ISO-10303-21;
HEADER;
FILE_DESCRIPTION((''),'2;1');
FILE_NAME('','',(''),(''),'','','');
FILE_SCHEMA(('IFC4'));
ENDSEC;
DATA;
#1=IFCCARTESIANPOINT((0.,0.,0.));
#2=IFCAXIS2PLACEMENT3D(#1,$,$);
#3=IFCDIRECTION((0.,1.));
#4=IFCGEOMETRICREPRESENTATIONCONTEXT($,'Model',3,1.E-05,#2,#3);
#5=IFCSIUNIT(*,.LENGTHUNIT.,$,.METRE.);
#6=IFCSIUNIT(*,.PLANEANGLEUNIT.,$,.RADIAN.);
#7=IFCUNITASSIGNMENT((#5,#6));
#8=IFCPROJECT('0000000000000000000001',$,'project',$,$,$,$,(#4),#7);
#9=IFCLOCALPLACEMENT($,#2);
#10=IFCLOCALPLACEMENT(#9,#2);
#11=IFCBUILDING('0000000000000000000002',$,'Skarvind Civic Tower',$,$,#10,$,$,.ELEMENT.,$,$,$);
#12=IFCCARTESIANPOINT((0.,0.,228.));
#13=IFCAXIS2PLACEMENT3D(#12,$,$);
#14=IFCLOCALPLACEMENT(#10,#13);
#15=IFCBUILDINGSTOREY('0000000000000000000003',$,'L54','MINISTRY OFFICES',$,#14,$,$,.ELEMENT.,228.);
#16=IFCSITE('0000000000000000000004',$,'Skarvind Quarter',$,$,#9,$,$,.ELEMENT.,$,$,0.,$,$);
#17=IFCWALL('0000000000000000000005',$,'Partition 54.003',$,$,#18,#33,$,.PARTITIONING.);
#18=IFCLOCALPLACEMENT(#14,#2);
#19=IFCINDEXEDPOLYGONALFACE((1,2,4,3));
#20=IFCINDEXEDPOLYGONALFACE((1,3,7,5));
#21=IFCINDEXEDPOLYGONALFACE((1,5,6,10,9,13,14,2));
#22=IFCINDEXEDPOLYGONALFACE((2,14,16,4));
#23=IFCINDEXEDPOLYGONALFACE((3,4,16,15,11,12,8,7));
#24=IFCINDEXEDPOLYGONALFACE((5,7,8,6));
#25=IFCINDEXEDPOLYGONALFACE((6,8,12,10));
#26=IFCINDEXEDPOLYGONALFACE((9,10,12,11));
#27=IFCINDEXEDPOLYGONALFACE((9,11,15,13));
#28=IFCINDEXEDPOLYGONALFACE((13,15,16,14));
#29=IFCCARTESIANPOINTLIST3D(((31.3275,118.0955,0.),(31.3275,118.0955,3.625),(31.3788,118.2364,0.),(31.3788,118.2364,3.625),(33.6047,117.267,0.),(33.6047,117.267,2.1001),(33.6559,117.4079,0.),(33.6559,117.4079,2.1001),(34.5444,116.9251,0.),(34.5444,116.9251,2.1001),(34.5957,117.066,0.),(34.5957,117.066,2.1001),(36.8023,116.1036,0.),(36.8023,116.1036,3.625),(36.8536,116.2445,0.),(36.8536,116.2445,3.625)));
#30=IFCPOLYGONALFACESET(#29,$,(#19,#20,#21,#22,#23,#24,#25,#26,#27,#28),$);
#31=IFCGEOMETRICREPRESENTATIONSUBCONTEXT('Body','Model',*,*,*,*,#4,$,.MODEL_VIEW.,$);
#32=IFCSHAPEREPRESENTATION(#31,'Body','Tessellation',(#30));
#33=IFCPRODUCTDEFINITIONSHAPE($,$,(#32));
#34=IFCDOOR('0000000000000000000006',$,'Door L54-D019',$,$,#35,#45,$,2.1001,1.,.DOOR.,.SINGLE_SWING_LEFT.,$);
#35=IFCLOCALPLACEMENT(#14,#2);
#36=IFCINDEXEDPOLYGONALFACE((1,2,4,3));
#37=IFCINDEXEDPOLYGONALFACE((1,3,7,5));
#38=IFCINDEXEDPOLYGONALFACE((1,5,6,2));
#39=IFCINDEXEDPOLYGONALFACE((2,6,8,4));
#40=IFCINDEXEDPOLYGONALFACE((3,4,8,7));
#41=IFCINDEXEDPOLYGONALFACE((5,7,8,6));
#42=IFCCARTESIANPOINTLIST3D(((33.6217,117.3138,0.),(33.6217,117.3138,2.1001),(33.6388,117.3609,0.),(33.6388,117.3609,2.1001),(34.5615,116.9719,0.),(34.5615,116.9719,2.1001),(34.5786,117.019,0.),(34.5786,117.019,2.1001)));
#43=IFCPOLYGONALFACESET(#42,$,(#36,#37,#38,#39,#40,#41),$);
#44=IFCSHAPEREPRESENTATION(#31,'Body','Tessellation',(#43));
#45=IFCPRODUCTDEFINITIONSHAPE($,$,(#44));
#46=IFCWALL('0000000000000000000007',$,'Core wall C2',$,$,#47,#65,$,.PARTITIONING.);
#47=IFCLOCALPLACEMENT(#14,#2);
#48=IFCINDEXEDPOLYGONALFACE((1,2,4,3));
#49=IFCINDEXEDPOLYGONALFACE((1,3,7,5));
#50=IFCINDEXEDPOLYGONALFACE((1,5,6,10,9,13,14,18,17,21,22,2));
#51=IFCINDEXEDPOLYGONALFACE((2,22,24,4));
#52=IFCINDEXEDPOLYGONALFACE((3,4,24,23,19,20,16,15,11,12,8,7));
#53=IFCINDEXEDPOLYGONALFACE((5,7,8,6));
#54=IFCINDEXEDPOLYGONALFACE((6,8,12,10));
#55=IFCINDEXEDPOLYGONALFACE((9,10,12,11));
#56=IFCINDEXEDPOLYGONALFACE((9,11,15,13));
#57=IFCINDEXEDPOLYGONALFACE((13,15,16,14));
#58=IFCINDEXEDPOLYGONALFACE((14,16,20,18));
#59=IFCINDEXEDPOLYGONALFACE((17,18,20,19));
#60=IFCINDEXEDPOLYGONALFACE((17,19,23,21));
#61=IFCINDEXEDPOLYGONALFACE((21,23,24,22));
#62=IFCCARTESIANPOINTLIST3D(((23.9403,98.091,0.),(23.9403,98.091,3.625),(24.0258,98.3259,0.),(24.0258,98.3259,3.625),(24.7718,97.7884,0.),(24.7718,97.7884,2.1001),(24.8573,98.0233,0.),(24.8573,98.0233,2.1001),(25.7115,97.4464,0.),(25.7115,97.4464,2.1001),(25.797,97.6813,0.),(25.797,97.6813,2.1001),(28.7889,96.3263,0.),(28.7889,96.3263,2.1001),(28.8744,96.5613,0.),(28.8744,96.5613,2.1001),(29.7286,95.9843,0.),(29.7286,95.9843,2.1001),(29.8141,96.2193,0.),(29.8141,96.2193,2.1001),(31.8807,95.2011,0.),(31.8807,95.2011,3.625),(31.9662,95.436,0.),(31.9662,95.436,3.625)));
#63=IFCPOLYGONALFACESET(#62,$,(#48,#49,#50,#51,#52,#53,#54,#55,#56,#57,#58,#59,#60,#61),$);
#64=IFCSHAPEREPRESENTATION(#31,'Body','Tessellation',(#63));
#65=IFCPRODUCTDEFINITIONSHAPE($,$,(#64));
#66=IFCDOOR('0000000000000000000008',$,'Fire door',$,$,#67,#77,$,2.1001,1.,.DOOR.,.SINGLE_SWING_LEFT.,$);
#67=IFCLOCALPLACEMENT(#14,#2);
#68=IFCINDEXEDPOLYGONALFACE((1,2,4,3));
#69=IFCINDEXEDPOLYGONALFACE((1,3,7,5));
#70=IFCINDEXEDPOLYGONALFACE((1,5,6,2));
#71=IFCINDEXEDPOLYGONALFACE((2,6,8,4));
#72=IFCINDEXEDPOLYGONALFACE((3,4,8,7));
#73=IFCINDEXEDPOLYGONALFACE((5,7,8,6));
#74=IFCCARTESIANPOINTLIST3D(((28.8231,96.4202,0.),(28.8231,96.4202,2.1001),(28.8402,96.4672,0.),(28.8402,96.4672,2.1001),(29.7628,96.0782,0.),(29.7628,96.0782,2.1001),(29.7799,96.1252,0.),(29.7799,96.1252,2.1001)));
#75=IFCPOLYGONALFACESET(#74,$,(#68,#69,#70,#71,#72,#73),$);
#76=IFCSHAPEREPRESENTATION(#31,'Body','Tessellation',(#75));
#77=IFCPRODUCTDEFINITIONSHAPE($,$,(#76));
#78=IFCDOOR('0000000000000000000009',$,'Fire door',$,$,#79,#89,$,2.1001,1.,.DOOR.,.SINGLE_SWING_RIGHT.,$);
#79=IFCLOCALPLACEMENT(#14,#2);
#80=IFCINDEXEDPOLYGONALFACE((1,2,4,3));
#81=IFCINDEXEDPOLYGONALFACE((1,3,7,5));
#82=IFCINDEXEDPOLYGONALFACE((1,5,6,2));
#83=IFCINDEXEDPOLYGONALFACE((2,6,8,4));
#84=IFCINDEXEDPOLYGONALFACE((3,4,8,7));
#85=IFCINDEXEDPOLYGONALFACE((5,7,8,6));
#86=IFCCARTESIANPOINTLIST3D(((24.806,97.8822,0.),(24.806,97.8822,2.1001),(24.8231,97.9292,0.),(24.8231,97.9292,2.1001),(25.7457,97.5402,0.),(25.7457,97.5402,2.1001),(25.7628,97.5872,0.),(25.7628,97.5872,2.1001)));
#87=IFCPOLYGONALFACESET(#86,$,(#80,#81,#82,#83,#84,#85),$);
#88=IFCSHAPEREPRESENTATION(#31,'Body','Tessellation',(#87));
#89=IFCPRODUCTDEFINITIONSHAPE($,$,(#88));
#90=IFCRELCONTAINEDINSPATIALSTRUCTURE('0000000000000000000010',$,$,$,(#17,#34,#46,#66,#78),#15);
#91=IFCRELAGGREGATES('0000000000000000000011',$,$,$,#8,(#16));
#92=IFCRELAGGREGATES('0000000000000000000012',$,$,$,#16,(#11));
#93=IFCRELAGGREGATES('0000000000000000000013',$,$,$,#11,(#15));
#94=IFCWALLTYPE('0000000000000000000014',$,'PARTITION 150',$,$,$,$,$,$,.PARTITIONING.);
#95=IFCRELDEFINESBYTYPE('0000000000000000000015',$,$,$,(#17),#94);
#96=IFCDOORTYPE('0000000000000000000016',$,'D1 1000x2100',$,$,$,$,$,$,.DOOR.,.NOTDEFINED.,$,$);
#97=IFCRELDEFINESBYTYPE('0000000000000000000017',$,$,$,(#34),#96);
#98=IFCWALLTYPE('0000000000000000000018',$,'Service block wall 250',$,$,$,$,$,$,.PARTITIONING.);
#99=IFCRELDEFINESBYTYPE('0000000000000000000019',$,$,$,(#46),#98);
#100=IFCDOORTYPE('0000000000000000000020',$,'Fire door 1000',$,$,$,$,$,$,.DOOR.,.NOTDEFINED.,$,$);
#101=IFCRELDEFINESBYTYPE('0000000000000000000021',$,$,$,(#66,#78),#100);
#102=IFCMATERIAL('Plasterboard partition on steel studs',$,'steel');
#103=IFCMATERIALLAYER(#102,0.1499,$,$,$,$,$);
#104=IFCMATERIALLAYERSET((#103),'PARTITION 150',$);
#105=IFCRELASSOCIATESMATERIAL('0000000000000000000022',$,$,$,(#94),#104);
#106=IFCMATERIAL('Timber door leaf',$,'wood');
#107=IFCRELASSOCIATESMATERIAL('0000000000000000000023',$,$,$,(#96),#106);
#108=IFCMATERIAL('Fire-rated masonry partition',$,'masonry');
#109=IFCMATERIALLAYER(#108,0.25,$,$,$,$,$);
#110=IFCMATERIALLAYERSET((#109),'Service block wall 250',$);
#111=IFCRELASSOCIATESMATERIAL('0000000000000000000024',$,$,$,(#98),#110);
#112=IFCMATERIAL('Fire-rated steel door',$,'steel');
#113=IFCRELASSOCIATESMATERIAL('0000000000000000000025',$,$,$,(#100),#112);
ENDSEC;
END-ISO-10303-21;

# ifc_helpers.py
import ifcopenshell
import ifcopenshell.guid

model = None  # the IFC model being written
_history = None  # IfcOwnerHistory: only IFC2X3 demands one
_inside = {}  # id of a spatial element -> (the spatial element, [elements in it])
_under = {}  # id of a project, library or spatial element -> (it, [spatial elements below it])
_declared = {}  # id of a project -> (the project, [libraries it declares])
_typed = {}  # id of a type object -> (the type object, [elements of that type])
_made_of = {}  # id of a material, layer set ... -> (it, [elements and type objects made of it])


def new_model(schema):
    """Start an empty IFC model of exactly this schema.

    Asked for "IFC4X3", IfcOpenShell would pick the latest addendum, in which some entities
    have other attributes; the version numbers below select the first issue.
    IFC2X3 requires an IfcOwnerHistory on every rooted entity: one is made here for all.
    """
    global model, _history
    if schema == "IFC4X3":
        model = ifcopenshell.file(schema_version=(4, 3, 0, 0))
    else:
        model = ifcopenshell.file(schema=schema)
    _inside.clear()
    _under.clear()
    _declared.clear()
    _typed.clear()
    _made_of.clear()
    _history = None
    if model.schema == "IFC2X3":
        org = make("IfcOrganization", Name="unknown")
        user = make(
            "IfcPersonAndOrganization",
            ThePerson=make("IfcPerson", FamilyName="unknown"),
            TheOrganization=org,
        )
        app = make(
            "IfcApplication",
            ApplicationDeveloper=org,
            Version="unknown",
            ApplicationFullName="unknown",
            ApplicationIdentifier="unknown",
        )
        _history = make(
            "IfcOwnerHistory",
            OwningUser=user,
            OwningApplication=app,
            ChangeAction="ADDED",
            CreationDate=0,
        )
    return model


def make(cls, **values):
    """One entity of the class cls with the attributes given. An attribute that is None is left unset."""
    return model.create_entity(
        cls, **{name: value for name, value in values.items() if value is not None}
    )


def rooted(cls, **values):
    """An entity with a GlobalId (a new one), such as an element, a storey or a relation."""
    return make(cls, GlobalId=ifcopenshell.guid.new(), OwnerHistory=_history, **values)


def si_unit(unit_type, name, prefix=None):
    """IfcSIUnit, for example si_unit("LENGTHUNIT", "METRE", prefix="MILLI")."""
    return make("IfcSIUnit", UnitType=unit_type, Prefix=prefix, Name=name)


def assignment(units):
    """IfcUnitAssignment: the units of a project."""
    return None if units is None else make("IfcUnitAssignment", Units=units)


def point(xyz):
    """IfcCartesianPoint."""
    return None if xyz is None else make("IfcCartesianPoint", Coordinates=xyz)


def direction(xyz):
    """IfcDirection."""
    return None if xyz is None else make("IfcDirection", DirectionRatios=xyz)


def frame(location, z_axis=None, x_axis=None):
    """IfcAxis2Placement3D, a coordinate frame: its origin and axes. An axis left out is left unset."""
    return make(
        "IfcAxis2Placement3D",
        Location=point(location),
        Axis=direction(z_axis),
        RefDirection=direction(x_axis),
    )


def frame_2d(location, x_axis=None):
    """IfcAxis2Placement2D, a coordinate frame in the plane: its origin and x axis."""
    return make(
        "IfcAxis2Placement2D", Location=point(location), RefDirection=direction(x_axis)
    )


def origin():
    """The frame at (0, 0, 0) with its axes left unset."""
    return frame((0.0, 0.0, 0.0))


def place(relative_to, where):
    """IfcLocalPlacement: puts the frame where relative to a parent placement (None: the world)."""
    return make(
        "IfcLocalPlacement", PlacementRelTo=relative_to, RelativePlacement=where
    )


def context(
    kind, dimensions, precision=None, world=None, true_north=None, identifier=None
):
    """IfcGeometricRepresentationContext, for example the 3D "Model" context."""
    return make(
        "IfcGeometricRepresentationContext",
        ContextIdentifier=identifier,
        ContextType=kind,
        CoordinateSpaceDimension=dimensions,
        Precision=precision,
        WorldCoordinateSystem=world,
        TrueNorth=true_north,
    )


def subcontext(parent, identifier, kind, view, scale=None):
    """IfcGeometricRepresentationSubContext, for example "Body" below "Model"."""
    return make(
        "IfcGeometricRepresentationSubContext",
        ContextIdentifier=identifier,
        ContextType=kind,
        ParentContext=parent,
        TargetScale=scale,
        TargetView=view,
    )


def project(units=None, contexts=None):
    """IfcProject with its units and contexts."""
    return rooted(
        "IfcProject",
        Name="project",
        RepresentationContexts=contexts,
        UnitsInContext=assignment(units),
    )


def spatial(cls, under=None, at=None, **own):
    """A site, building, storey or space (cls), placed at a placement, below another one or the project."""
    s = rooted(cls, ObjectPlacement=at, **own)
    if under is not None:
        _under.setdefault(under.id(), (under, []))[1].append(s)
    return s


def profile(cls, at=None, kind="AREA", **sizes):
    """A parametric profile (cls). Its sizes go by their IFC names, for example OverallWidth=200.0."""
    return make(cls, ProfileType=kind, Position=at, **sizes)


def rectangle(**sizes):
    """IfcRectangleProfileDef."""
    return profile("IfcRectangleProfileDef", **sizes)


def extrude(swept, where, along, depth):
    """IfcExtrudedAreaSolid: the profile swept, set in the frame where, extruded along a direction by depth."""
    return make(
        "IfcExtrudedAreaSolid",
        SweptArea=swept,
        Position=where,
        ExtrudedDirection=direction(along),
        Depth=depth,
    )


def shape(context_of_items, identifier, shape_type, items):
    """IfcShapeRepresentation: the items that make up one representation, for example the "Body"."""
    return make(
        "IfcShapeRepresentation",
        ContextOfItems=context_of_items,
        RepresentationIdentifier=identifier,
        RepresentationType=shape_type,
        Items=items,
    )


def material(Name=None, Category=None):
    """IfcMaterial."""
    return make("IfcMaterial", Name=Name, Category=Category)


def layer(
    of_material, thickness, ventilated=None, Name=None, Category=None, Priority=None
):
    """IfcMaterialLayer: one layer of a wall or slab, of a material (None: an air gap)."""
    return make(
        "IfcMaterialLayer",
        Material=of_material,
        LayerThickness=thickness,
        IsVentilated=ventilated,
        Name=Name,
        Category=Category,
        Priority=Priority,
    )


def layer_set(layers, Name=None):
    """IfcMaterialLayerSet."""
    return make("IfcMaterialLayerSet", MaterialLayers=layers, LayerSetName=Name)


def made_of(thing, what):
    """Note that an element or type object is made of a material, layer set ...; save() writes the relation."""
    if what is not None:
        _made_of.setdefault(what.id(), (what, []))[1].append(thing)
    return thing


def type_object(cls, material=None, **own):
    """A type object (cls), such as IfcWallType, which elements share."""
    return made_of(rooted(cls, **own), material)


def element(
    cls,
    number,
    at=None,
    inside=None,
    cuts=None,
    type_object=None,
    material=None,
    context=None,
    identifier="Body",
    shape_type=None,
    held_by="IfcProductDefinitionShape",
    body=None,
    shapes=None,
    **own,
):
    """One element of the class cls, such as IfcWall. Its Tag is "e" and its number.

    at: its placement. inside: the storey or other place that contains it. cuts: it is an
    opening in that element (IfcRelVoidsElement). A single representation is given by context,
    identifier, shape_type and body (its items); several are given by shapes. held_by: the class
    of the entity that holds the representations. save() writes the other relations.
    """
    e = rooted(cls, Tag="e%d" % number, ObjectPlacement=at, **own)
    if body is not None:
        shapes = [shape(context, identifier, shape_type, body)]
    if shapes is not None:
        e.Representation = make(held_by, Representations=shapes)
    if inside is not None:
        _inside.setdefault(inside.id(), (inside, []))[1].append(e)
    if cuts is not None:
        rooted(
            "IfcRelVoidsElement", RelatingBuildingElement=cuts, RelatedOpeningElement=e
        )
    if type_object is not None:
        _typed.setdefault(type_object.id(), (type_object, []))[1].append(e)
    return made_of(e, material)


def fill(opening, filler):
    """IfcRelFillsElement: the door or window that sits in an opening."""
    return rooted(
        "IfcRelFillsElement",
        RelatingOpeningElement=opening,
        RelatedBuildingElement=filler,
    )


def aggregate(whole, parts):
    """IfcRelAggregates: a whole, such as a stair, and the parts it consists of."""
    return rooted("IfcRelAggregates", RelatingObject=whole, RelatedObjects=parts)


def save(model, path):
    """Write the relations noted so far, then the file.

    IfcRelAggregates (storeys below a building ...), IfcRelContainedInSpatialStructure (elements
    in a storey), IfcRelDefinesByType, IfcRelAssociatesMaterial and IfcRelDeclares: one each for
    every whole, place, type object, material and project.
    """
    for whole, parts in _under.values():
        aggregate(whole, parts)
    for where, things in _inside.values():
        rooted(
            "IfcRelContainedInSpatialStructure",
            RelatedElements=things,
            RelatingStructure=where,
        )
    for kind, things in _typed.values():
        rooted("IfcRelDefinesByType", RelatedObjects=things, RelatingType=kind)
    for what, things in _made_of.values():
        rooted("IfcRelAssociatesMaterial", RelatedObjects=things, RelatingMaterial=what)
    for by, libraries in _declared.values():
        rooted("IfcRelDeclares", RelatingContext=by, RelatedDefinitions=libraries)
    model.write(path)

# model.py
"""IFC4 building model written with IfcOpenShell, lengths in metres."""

from ifc_helpers import new_model, si_unit, direction, frame, frame_2d, origin, place, context, subcontext, project, spatial, rectangle, extrude, material, layer, layer_set, type_object, element, fill, save


model = new_model("IFC4")

# Units and contexts
model_context = context("Model", 3, precision=1e-05, world=origin(), true_north=direction((0.0, 1.0)))
body_context = subcontext(model_context, "Body", "Model", "MODEL_VIEW")
ifc_project = project(units=[si_unit("LENGTHUNIT", "METRE"), si_unit("PLANEANGLEUNIT", "RADIAN")], contexts=[model_context])

# Site, building, storey
site_placement = place(None, origin())
site = spatial("IfcSite", under=ifc_project, at=site_placement, Name="Skarvind Quarter", CompositionType="ELEMENT", RefElevation=0.0)
building_placement = place(site_placement, origin())
building = spatial("IfcBuilding", under=site, at=building_placement, Name="Skarvind Civic Tower", CompositionType="ELEMENT")
storey_placement = place(building_placement, frame((0.0, 0.0, 228.0)))
storey = spatial("IfcBuildingStorey", under=building, at=storey_placement, Name="L54", Description="MINISTRY OFFICES", CompositionType="ELEMENT", Elevation=228.0)

# Shared definitions
ifc_material_1 = material(Name="Timber door leaf", Category="wood")
ifc_material_2 = material(Name="Fire-rated masonry partition", Category="masonry")
ifc_material_3 = material(Name="Fire-rated steel door", Category="steel")

# Shared definitions
ifc_material_4 = material(Name="Plasterboard partition on steel studs", Category="steel")
ifc_layer_1 = layer(ifc_material_4, 0.1499)
ifc_layer_set_1 = layer_set([ifc_layer_1], Name="PARTITION 150")
wall_type_1 = type_object("IfcWallType", Name="PARTITION 150", PredefinedType="PARTITIONING", material=ifc_layer_set_1)

# Wall, opening, door
wall_1_placement = place(storey_placement, frame((31.353, 118.166, 0.0), z_axis=(0.0, 0.0, 1.0), x_axis=(0.939733, -0.341908, 0.0)))
wall_1 = element("IfcWall", 1, at=wall_1_placement, inside=storey, type_object=wall_type_1, Name="Partition 54.003", PredefinedType="PARTITIONING", context=body_context, shape_type="SweptSolid", body=[
    extrude(rectangle(XDim=5.8259, YDim=0.1499, at=frame_2d((2.9131, 0.0))), origin(), (0.0, 0.0, 1.0), 3.625),
])
opening_1_placement = place(wall_1_placement, frame((2.4233, 0.0, 0.0)))
opening_1 = element("IfcOpeningElement", 2, at=opening_1_placement, cuts=wall_1, PredefinedType="OPENING", context=body_context, shape_type="SweptSolid", body=[
    extrude(rectangle(XDim=1.0, YDim=2.1001, at=frame_2d((0.5, 1.05))), frame((0.0, 0.085, 0.0), z_axis=(0.0, -1.0, 0.0), x_axis=(1.0, 0.0, 0.0)), (0.0, 0.0, 1.0), 0.1699),
])
door_type_1 = type_object("IfcDoorType", Name="D1 1000x2100", OperationType="NOTDEFINED", PredefinedType="DOOR", material=ifc_material_1)
door_1_placement = place(opening_1_placement, origin())
door_1 = element("IfcDoor", 3, at=door_1_placement, inside=storey, type_object=door_type_1, Name="Door L54-D019", OperationType="SINGLE_SWING_LEFT", OverallHeight=2.1001, OverallWidth=1.0, PredefinedType="DOOR", context=body_context, shape_type="SweptSolid", body=[
    extrude(rectangle(XDim=1.0, YDim=2.1001, at=frame_2d((0.5, 1.05))), frame((0.0, 0.0249, 0.0), z_axis=(0.0, -1.0, 0.0), x_axis=(1.0, 0.0, 0.0)), (0.0, 0.0, 1.0), 0.05),
])
fill(opening_1, door_1)

# Wall, openings, doors
ifc_layer_2 = layer(ifc_material_2, 0.25)
ifc_layer_set_2 = layer_set([ifc_layer_2], Name="Service block wall 250")
wall_type_2 = type_object("IfcWallType", Name="Service block wall 250", PredefinedType="PARTITIONING", material=ifc_layer_set_2)
wall_2_placement = place(storey_placement, frame((23.9829, 98.2085, 0.0), z_axis=(0.0, 0.0, 1.0), x_axis=(0.9397, -0.342001, 0.0)))
wall_2 = element("IfcWall", 4, at=wall_2_placement, inside=storey, type_object=wall_type_2, Name="Core wall C2", PredefinedType="PARTITIONING", context=body_context, shape_type="SweptSolid", body=[
    extrude(rectangle(XDim=8.45, YDim=0.25, at=frame_2d((4.2251, 0.0))), origin(), (0.0, 0.0, 1.0), 3.625),
])
opening_2_placement = place(wall_2_placement, frame((5.1599, 0.0, 0.0)))
opening_2 = element("IfcOpeningElement", 5, at=opening_2_placement, cuts=wall_2, PredefinedType="OPENING", context=body_context, shape_type="SweptSolid", body=[
    extrude(rectangle(XDim=1.0, YDim=2.1001, at=frame_2d((0.5, 1.05))), frame((0.0, 0.135, 0.0), z_axis=(0.0, -1.0, 0.0), x_axis=(1.0, 0.0, 0.0)), (0.0, 0.0, 1.0), 0.27),
])
opening_3_placement = place(wall_2_placement, frame((0.885, 0.0, 0.0)))
opening_3 = element("IfcOpeningElement", 6, at=opening_3_placement, cuts=wall_2, PredefinedType="OPENING", context=body_context, shape_type="SweptSolid", body=[
    extrude(rectangle(XDim=1.0, YDim=2.1001, at=frame_2d((0.5, 1.05))), frame((0.0, 0.135, 0.0), z_axis=(0.0, -1.0, 0.0), x_axis=(1.0, 0.0, 0.0)), (0.0, 0.0, 1.0), 0.27),
])
door_type_2 = type_object("IfcDoorType", Name="Fire door 1000", OperationType="NOTDEFINED", PredefinedType="DOOR", material=ifc_material_3)
door_2_placement = place(opening_2_placement, origin())
door_2 = element("IfcDoor", 7, at=door_2_placement, inside=storey, type_object=door_type_2, Name="Fire door", OperationType="SINGLE_SWING_LEFT", OverallHeight=2.1001, OverallWidth=1.0, PredefinedType="DOOR", context=body_context, shape_type="SweptSolid", body=[
    extrude(rectangle(XDim=1.0, YDim=2.1001, at=frame_2d((0.5, 1.05))), frame((0.0, 0.0249, 0.0), z_axis=(0.0, -1.0, 0.0), x_axis=(1.0, 0.0, 0.0)), (0.0, 0.0, 1.0), 0.05),
])
fill(opening_2, door_2)
door_3_placement = place(opening_3_placement, origin())
door_3 = element("IfcDoor", 8, at=door_3_placement, inside=storey, type_object=door_type_2, Name="Fire door", OperationType="SINGLE_SWING_RIGHT", OverallHeight=2.1001, OverallWidth=1.0, PredefinedType="DOOR", context=body_context, shape_type="SweptSolid", body=[
    extrude(rectangle(XDim=1.0, YDim=2.1001, at=frame_2d((0.5, 1.05))), frame((0.0, 0.0249, 0.0), z_axis=(0.0, -1.0, 0.0), x_axis=(1.0, 0.0, 0.0)), (0.0, 0.0, 1.0), 0.05),
])
fill(opening_3, door_3)

save(model, "model.ifc")
